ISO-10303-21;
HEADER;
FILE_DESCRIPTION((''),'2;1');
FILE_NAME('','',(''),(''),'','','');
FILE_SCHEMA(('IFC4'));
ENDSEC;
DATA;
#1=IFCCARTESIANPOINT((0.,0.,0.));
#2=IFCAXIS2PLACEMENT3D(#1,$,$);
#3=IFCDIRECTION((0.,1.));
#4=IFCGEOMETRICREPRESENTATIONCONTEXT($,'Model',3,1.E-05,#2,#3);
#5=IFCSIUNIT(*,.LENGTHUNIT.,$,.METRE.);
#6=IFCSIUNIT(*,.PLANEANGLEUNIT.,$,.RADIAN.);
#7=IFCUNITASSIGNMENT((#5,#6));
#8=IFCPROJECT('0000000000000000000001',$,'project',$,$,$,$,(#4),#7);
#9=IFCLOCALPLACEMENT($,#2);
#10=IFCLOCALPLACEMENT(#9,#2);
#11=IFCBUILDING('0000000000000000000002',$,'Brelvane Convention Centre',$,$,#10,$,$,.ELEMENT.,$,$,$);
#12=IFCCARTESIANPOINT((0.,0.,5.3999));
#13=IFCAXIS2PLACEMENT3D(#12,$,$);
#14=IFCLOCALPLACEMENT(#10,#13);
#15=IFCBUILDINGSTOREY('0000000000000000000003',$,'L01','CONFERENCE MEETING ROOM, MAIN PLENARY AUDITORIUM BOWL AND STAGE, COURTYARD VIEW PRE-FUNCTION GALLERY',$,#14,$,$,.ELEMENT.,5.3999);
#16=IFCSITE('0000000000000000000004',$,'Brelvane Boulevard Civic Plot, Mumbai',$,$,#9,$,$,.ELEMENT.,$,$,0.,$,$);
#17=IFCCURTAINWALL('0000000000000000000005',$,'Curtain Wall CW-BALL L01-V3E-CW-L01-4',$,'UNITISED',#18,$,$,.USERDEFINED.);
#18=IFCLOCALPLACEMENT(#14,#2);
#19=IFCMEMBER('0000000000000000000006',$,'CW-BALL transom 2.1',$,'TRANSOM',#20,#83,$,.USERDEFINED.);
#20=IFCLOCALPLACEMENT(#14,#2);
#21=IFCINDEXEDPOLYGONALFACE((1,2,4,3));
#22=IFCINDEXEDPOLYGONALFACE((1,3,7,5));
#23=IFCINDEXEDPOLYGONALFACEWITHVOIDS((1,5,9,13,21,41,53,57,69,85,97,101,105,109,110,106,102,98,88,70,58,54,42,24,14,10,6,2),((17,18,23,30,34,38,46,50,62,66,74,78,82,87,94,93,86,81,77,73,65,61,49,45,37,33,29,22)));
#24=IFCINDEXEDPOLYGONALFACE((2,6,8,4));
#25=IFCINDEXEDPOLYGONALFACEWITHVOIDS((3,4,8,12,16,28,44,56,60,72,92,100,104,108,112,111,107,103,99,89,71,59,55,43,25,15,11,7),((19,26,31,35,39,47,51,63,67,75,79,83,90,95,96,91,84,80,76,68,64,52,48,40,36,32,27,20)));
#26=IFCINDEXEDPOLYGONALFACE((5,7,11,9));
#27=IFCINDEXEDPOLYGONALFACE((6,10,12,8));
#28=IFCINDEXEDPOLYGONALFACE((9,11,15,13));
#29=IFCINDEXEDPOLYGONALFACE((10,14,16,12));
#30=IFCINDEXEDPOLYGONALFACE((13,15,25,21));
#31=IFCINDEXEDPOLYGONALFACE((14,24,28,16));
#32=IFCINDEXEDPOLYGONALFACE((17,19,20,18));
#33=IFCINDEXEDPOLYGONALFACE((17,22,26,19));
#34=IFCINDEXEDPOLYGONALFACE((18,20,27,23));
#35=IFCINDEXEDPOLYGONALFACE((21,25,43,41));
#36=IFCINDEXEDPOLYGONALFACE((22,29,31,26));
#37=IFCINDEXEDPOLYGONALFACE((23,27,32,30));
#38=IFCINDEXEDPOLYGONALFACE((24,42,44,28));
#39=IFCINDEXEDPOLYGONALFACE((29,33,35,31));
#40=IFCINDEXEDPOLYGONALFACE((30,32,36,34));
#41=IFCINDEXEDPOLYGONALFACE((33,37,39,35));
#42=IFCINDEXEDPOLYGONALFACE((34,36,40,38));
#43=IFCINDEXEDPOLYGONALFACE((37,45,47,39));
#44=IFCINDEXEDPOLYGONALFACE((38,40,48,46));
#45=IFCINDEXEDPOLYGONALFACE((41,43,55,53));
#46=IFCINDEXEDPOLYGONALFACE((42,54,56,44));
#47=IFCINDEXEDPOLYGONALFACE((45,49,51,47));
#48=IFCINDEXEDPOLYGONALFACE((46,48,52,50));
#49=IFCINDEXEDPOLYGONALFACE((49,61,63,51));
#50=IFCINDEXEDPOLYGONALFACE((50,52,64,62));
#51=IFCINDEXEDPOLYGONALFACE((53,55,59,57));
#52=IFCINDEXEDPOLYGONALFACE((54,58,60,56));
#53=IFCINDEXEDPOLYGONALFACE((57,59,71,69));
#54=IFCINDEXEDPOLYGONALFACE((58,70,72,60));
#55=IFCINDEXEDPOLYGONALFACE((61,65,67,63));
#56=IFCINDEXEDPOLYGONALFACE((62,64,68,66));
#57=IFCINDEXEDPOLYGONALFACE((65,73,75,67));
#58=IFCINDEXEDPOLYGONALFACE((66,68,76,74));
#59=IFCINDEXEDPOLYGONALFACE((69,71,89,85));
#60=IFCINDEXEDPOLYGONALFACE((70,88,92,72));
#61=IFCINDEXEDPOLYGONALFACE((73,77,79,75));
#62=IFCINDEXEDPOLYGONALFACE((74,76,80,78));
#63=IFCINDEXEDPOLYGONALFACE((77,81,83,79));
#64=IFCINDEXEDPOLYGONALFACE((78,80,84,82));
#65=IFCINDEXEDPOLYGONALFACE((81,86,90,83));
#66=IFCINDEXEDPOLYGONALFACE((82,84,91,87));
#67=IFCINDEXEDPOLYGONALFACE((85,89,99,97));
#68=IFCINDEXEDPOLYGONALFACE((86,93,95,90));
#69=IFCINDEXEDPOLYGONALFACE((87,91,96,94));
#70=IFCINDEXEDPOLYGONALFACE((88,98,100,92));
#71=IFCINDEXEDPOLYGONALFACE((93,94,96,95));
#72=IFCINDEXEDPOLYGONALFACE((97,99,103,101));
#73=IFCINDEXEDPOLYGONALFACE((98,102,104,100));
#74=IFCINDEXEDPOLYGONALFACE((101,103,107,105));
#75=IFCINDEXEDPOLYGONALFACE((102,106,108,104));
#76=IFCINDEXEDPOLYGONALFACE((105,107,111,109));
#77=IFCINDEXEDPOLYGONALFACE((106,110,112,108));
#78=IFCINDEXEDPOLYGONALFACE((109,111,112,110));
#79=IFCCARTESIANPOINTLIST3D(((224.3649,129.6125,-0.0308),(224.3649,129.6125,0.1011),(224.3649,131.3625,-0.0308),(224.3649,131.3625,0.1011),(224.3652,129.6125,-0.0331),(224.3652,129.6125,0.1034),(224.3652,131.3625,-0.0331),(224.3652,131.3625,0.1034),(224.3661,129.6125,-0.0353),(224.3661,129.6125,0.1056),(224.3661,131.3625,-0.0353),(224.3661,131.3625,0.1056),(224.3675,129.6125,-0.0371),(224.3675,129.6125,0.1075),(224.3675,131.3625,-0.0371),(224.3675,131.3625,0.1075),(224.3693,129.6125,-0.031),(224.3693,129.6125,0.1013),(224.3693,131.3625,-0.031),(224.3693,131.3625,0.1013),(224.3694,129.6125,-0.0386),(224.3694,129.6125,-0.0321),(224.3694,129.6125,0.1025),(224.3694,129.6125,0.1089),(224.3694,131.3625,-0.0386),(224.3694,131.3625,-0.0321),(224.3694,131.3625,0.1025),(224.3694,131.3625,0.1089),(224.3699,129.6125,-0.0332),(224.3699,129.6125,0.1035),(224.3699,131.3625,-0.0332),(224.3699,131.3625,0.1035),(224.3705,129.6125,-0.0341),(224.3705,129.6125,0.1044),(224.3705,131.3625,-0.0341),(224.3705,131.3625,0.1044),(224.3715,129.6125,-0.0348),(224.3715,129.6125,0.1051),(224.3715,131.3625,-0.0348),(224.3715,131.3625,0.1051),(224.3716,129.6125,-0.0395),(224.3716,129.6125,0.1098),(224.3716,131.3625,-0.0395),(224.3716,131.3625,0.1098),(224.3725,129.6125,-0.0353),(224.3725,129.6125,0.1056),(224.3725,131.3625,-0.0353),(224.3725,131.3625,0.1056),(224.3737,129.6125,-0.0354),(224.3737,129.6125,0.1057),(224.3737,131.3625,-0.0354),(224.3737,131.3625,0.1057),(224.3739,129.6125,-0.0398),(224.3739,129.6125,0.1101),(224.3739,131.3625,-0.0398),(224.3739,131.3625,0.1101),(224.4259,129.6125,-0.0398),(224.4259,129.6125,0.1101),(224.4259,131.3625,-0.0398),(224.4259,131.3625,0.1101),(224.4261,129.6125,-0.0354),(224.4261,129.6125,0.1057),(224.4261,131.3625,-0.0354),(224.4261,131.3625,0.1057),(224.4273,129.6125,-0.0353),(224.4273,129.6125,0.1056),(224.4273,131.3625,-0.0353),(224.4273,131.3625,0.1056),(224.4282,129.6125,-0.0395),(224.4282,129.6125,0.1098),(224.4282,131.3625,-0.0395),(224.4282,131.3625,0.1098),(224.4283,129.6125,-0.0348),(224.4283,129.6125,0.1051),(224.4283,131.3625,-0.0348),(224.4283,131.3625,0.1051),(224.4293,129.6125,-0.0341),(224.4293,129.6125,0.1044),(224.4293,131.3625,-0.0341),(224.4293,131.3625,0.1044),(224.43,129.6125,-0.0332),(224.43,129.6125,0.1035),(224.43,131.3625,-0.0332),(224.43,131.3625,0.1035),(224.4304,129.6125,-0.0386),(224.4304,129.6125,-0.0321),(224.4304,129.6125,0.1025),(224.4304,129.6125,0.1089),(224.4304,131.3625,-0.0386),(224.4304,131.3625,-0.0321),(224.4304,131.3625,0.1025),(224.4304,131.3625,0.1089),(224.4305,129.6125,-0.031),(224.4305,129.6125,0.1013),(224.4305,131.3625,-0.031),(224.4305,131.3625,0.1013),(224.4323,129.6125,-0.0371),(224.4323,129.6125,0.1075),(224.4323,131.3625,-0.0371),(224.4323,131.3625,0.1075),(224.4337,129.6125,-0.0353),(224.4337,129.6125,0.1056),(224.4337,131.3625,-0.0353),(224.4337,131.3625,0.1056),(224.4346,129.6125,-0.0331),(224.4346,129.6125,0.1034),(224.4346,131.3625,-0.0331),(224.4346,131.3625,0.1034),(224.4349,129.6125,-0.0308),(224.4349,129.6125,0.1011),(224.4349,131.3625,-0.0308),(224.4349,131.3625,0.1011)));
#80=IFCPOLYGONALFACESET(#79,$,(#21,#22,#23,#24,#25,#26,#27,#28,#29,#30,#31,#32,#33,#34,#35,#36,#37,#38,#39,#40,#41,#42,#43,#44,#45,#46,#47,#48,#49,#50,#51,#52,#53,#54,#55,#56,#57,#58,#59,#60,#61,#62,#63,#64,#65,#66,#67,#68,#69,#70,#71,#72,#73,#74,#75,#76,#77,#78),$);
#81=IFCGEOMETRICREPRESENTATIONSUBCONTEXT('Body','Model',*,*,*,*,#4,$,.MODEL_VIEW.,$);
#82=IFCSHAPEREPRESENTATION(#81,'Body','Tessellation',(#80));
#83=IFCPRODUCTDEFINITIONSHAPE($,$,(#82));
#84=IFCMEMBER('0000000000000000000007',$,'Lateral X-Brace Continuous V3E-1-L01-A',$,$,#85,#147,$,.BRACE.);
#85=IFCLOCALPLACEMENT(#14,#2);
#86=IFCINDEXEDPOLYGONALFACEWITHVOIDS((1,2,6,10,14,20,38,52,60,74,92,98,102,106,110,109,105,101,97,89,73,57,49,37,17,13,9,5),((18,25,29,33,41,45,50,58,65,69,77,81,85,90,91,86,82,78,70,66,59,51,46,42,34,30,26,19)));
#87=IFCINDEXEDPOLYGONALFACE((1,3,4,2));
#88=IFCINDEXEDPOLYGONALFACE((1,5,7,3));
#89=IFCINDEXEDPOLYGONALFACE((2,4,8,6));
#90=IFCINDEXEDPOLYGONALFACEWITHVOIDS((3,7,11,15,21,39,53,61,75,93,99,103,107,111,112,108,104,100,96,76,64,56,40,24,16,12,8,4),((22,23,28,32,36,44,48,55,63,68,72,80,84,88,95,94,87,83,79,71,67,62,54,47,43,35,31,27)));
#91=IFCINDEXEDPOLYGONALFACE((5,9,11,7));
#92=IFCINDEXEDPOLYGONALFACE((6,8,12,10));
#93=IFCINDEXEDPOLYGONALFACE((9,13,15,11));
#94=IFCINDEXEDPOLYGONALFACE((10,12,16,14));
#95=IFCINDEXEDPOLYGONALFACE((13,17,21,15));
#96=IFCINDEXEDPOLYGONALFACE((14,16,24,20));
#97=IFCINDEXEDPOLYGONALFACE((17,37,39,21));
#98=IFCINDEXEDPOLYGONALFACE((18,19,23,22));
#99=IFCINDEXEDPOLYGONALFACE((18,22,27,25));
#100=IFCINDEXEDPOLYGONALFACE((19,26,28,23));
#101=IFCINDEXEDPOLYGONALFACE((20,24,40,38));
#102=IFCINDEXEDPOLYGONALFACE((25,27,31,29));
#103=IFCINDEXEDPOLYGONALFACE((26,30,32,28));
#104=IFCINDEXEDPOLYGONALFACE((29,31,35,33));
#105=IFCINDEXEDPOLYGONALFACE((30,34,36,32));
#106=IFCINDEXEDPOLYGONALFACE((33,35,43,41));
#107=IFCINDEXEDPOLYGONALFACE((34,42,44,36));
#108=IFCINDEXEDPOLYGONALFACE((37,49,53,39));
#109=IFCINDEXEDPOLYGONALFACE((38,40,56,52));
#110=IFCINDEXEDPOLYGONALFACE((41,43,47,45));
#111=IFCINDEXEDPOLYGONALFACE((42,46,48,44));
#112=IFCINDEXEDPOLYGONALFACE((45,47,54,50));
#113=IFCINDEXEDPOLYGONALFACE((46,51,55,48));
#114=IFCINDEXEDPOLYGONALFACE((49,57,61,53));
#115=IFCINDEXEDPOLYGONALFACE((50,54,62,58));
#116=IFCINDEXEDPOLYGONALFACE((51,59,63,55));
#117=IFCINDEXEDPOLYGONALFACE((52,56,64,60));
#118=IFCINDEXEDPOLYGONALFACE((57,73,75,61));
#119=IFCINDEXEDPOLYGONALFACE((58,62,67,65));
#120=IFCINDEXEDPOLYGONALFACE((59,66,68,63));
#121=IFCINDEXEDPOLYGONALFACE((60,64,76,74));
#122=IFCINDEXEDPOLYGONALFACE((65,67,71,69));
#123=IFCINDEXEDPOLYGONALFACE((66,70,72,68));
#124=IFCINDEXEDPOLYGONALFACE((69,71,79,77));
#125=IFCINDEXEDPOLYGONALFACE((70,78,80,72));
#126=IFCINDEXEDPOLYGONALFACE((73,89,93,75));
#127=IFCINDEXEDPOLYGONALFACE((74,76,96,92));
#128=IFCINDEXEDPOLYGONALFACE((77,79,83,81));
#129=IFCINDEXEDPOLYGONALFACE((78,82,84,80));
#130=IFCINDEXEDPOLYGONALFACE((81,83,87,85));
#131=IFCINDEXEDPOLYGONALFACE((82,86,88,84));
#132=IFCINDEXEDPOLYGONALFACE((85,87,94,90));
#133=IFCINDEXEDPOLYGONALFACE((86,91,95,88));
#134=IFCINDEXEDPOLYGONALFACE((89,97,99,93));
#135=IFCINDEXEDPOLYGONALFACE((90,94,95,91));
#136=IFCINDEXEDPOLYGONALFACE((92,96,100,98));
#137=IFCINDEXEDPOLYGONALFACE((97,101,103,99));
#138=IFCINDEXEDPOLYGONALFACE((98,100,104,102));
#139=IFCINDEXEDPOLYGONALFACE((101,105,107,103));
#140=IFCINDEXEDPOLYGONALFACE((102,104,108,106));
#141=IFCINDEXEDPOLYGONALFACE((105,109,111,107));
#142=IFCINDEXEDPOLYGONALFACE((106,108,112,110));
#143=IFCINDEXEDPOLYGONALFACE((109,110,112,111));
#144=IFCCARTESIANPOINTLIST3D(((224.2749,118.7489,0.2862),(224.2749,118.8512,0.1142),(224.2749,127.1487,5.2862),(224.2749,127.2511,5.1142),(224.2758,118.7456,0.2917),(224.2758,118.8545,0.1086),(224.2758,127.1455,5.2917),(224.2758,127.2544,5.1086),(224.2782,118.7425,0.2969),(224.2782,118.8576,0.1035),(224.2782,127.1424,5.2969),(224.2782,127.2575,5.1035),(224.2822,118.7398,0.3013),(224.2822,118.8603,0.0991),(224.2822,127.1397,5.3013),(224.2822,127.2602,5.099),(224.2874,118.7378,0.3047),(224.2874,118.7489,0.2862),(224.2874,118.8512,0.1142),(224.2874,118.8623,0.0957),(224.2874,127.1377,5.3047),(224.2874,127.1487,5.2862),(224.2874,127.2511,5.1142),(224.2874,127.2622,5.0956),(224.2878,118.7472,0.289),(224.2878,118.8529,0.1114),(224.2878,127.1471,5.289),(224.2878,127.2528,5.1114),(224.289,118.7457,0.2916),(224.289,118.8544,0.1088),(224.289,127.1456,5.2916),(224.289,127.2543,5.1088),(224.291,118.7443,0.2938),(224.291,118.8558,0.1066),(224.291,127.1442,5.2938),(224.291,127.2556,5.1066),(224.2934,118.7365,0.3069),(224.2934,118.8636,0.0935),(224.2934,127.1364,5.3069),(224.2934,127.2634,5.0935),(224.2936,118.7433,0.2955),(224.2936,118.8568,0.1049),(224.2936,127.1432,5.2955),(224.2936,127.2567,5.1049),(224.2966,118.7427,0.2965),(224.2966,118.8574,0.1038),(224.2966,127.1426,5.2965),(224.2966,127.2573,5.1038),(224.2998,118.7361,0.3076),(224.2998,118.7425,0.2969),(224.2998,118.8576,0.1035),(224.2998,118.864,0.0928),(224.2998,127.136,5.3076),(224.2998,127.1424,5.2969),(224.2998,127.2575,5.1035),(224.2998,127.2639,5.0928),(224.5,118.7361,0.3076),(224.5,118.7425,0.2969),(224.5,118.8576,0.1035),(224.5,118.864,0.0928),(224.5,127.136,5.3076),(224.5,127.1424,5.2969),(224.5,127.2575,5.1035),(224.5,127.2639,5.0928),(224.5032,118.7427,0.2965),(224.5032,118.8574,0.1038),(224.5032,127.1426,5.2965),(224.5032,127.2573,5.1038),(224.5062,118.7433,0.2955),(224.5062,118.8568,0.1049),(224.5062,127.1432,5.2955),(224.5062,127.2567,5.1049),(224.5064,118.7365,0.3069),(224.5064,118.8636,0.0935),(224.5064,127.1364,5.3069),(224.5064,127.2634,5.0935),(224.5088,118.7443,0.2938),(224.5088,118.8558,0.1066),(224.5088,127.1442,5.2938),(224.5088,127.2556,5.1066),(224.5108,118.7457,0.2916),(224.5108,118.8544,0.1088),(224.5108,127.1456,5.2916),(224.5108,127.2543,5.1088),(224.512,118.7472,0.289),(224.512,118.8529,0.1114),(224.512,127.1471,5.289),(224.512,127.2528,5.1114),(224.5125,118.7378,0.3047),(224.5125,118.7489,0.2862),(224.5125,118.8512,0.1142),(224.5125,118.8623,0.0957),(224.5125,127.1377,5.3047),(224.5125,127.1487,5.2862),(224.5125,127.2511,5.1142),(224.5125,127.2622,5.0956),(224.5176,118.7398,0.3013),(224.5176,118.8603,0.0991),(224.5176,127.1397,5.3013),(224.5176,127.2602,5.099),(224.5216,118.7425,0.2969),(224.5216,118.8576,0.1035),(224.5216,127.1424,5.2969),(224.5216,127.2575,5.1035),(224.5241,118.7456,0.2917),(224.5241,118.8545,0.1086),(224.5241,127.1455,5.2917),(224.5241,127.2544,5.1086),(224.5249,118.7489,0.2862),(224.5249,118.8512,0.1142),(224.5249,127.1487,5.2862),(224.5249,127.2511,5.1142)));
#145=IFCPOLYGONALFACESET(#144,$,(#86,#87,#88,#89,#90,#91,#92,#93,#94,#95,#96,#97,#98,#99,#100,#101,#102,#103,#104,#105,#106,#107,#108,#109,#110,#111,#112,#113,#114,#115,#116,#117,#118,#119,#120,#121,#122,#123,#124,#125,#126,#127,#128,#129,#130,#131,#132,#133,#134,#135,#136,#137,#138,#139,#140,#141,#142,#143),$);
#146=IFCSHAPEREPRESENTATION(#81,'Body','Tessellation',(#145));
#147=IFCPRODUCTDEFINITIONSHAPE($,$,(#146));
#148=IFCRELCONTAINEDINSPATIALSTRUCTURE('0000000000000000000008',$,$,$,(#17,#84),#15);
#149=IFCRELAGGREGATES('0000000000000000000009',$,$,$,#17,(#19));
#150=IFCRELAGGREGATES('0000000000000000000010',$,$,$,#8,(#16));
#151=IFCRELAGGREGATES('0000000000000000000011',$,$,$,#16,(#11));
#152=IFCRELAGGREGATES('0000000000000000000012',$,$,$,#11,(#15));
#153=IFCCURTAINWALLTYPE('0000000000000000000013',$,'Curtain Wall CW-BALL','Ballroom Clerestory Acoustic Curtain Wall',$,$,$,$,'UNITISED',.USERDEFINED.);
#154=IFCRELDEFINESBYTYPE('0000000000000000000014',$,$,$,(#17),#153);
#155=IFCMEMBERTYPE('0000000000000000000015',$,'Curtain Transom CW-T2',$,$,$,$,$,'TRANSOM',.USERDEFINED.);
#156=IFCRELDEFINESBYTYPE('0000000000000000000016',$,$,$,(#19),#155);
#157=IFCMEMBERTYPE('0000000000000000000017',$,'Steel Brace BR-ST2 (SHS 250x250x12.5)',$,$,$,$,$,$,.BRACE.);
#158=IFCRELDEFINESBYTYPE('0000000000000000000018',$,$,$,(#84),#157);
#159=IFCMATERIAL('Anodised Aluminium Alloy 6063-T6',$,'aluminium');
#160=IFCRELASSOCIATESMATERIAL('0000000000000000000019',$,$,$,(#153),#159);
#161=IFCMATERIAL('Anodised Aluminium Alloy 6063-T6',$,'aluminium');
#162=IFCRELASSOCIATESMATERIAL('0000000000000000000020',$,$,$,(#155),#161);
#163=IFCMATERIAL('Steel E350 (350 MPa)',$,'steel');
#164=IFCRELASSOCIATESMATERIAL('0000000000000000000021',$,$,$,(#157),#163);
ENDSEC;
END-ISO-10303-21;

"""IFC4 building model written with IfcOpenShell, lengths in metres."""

from ifc_helpers import new_model, si_unit, direction, frame, origin, origin_2d, place, context, subcontext, project, spatial, hollow_rectangle, extrude, material, material_profile, profile_set, type_object, element, aggregate, save


model = new_model("IFC4")

# Units and contexts
model_context = context("Model", 3, precision=1e-05, world=origin(), true_north=direction((0.0, 1.0)))
body_context = subcontext(model_context, "Body", "Model", "MODEL_VIEW")
ifc_project = project(units=[si_unit("LENGTHUNIT", "METRE"), si_unit("PLANEANGLEUNIT", "RADIAN")], contexts=[model_context])

# Site, building, storey
site_placement = place(None, origin())
site = spatial("IfcSite", under=ifc_project, at=site_placement, Name="Brelvane Boulevard Civic Plot, Mumbai", CompositionType="ELEMENT", RefElevation=0.0)
building_placement = place(site_placement, origin())
building = spatial("IfcBuilding", under=site, at=building_placement, Name="Brelvane Convention Centre", CompositionType="ELEMENT")
storey_placement = place(building_placement, frame((0.0, 0.0, 5.3999)))
storey = spatial("IfcBuildingStorey", under=building, at=storey_placement, Name="L01", Description="CONFERENCE MEETING ROOM, MAIN PLENARY AUDITORIUM BOWL AND STAGE, COURTYARD VIEW PRE-FUNCTION GALLERY", CompositionType="ELEMENT", Elevation=5.3999)

# Shared definitions
ifc_material_1 = material(Name="Anodised Aluminium Alloy 6063-T6", Category="aluminium")
curtain_wall_type = type_object("IfcCurtainWallType", Name="Curtain Wall CW-BALL", Description="Ballroom Clerestory Acoustic Curtain Wall", ElementType="UNITISED", PredefinedType="USERDEFINED", material=ifc_material_1)

# Curtain wall
curtain_wall_1_placement = place(storey_placement, origin())
curtain_wall_1 = element("IfcCurtainWall", 1, at=curtain_wall_1_placement, inside=storey, type_object=curtain_wall_type, Name="Curtain Wall CW-BALL L01-V3E-CW-L01-4", ObjectType="UNITISED", PredefinedType="USERDEFINED")

# Member
ifc_material_2 = material(Name="Anodised Aluminium Alloy 6063-T6", Category="aluminium")
ifc_material_profile_1 = material_profile(ifc_material_2, hollow_rectangle(XDim=0.0701, YDim=0.1499, WallThickness=0.0044, InnerFilletRadius=0.0044, OuterFilletRadius=0.009, at=origin_2d()), Name="ALU-T 150x70x4.5")
ifc_profile_set_1 = profile_set([ifc_material_profile_1], Name="Anodised Aluminium Alloy 6063-T6")
member_type_1 = type_object("IfcMemberType", Name="Curtain Transom CW-T2", ElementType="TRANSOM", PredefinedType="USERDEFINED", material=ifc_profile_set_1)
member_1_placement = place(storey_placement, frame((224.3999, 129.6125, 0.0352), z_axis=(0.0, 1.0, 0.0), x_axis=(-1.0, 0.0, 0.0)))
member_1 = element("IfcMember", 2, at=member_1_placement, type_object=member_type_1, Name="CW-BALL transom 2.1", ObjectType="TRANSOM", PredefinedType="USERDEFINED", context=body_context, shape_type="SweptSolid", body=[
    extrude(hollow_rectangle(XDim=0.0701, YDim=0.1499, WallThickness=0.0044, InnerFilletRadius=0.0044, OuterFilletRadius=0.009, at=origin_2d()), origin(), (0.0, 0.0, 1.0), 1.75),
])

# Member
ifc_material_3 = material(Name="Steel E350 (350 MPa)", Category="steel")
ifc_material_profile_2 = material_profile(ifc_material_3, hollow_rectangle(XDim=0.25, YDim=0.25, WallThickness=0.0125, InnerFilletRadius=0.0125, OuterFilletRadius=0.0249, at=origin_2d()), Name="SHS 250x250x12.5")
ifc_profile_set_2 = profile_set([ifc_material_profile_2], Name="Steel E350 (350 MPa)")
member_type_2 = type_object("IfcMemberType", Name="Steel Brace BR-ST2 (SHS 250x250x12.5)", PredefinedType="BRACE", material=ifc_profile_set_2)
member_2_placement = place(storey_placement, frame((224.3999, 118.8, 0.2002), z_axis=(0.0, 0.85929, 0.511488), x_axis=(-1.0, 0.0, 0.0)))
element("IfcMember", 3, at=member_2_placement, inside=storey, type_object=member_type_2, Name="Lateral X-Brace Continuous V3E-1-L01-A", PredefinedType="BRACE", context=body_context, shape_type="SweptSolid", body=[
    extrude(hollow_rectangle(XDim=0.25, YDim=0.25, WallThickness=0.0125, InnerFilletRadius=0.0125, OuterFilletRadius=0.0249, at=origin_2d()), origin(), (0.0, 0.0, 1.0), 9.7754),
])

aggregate(curtain_wall_1, [member_1])

save(model, "model.ifc")
